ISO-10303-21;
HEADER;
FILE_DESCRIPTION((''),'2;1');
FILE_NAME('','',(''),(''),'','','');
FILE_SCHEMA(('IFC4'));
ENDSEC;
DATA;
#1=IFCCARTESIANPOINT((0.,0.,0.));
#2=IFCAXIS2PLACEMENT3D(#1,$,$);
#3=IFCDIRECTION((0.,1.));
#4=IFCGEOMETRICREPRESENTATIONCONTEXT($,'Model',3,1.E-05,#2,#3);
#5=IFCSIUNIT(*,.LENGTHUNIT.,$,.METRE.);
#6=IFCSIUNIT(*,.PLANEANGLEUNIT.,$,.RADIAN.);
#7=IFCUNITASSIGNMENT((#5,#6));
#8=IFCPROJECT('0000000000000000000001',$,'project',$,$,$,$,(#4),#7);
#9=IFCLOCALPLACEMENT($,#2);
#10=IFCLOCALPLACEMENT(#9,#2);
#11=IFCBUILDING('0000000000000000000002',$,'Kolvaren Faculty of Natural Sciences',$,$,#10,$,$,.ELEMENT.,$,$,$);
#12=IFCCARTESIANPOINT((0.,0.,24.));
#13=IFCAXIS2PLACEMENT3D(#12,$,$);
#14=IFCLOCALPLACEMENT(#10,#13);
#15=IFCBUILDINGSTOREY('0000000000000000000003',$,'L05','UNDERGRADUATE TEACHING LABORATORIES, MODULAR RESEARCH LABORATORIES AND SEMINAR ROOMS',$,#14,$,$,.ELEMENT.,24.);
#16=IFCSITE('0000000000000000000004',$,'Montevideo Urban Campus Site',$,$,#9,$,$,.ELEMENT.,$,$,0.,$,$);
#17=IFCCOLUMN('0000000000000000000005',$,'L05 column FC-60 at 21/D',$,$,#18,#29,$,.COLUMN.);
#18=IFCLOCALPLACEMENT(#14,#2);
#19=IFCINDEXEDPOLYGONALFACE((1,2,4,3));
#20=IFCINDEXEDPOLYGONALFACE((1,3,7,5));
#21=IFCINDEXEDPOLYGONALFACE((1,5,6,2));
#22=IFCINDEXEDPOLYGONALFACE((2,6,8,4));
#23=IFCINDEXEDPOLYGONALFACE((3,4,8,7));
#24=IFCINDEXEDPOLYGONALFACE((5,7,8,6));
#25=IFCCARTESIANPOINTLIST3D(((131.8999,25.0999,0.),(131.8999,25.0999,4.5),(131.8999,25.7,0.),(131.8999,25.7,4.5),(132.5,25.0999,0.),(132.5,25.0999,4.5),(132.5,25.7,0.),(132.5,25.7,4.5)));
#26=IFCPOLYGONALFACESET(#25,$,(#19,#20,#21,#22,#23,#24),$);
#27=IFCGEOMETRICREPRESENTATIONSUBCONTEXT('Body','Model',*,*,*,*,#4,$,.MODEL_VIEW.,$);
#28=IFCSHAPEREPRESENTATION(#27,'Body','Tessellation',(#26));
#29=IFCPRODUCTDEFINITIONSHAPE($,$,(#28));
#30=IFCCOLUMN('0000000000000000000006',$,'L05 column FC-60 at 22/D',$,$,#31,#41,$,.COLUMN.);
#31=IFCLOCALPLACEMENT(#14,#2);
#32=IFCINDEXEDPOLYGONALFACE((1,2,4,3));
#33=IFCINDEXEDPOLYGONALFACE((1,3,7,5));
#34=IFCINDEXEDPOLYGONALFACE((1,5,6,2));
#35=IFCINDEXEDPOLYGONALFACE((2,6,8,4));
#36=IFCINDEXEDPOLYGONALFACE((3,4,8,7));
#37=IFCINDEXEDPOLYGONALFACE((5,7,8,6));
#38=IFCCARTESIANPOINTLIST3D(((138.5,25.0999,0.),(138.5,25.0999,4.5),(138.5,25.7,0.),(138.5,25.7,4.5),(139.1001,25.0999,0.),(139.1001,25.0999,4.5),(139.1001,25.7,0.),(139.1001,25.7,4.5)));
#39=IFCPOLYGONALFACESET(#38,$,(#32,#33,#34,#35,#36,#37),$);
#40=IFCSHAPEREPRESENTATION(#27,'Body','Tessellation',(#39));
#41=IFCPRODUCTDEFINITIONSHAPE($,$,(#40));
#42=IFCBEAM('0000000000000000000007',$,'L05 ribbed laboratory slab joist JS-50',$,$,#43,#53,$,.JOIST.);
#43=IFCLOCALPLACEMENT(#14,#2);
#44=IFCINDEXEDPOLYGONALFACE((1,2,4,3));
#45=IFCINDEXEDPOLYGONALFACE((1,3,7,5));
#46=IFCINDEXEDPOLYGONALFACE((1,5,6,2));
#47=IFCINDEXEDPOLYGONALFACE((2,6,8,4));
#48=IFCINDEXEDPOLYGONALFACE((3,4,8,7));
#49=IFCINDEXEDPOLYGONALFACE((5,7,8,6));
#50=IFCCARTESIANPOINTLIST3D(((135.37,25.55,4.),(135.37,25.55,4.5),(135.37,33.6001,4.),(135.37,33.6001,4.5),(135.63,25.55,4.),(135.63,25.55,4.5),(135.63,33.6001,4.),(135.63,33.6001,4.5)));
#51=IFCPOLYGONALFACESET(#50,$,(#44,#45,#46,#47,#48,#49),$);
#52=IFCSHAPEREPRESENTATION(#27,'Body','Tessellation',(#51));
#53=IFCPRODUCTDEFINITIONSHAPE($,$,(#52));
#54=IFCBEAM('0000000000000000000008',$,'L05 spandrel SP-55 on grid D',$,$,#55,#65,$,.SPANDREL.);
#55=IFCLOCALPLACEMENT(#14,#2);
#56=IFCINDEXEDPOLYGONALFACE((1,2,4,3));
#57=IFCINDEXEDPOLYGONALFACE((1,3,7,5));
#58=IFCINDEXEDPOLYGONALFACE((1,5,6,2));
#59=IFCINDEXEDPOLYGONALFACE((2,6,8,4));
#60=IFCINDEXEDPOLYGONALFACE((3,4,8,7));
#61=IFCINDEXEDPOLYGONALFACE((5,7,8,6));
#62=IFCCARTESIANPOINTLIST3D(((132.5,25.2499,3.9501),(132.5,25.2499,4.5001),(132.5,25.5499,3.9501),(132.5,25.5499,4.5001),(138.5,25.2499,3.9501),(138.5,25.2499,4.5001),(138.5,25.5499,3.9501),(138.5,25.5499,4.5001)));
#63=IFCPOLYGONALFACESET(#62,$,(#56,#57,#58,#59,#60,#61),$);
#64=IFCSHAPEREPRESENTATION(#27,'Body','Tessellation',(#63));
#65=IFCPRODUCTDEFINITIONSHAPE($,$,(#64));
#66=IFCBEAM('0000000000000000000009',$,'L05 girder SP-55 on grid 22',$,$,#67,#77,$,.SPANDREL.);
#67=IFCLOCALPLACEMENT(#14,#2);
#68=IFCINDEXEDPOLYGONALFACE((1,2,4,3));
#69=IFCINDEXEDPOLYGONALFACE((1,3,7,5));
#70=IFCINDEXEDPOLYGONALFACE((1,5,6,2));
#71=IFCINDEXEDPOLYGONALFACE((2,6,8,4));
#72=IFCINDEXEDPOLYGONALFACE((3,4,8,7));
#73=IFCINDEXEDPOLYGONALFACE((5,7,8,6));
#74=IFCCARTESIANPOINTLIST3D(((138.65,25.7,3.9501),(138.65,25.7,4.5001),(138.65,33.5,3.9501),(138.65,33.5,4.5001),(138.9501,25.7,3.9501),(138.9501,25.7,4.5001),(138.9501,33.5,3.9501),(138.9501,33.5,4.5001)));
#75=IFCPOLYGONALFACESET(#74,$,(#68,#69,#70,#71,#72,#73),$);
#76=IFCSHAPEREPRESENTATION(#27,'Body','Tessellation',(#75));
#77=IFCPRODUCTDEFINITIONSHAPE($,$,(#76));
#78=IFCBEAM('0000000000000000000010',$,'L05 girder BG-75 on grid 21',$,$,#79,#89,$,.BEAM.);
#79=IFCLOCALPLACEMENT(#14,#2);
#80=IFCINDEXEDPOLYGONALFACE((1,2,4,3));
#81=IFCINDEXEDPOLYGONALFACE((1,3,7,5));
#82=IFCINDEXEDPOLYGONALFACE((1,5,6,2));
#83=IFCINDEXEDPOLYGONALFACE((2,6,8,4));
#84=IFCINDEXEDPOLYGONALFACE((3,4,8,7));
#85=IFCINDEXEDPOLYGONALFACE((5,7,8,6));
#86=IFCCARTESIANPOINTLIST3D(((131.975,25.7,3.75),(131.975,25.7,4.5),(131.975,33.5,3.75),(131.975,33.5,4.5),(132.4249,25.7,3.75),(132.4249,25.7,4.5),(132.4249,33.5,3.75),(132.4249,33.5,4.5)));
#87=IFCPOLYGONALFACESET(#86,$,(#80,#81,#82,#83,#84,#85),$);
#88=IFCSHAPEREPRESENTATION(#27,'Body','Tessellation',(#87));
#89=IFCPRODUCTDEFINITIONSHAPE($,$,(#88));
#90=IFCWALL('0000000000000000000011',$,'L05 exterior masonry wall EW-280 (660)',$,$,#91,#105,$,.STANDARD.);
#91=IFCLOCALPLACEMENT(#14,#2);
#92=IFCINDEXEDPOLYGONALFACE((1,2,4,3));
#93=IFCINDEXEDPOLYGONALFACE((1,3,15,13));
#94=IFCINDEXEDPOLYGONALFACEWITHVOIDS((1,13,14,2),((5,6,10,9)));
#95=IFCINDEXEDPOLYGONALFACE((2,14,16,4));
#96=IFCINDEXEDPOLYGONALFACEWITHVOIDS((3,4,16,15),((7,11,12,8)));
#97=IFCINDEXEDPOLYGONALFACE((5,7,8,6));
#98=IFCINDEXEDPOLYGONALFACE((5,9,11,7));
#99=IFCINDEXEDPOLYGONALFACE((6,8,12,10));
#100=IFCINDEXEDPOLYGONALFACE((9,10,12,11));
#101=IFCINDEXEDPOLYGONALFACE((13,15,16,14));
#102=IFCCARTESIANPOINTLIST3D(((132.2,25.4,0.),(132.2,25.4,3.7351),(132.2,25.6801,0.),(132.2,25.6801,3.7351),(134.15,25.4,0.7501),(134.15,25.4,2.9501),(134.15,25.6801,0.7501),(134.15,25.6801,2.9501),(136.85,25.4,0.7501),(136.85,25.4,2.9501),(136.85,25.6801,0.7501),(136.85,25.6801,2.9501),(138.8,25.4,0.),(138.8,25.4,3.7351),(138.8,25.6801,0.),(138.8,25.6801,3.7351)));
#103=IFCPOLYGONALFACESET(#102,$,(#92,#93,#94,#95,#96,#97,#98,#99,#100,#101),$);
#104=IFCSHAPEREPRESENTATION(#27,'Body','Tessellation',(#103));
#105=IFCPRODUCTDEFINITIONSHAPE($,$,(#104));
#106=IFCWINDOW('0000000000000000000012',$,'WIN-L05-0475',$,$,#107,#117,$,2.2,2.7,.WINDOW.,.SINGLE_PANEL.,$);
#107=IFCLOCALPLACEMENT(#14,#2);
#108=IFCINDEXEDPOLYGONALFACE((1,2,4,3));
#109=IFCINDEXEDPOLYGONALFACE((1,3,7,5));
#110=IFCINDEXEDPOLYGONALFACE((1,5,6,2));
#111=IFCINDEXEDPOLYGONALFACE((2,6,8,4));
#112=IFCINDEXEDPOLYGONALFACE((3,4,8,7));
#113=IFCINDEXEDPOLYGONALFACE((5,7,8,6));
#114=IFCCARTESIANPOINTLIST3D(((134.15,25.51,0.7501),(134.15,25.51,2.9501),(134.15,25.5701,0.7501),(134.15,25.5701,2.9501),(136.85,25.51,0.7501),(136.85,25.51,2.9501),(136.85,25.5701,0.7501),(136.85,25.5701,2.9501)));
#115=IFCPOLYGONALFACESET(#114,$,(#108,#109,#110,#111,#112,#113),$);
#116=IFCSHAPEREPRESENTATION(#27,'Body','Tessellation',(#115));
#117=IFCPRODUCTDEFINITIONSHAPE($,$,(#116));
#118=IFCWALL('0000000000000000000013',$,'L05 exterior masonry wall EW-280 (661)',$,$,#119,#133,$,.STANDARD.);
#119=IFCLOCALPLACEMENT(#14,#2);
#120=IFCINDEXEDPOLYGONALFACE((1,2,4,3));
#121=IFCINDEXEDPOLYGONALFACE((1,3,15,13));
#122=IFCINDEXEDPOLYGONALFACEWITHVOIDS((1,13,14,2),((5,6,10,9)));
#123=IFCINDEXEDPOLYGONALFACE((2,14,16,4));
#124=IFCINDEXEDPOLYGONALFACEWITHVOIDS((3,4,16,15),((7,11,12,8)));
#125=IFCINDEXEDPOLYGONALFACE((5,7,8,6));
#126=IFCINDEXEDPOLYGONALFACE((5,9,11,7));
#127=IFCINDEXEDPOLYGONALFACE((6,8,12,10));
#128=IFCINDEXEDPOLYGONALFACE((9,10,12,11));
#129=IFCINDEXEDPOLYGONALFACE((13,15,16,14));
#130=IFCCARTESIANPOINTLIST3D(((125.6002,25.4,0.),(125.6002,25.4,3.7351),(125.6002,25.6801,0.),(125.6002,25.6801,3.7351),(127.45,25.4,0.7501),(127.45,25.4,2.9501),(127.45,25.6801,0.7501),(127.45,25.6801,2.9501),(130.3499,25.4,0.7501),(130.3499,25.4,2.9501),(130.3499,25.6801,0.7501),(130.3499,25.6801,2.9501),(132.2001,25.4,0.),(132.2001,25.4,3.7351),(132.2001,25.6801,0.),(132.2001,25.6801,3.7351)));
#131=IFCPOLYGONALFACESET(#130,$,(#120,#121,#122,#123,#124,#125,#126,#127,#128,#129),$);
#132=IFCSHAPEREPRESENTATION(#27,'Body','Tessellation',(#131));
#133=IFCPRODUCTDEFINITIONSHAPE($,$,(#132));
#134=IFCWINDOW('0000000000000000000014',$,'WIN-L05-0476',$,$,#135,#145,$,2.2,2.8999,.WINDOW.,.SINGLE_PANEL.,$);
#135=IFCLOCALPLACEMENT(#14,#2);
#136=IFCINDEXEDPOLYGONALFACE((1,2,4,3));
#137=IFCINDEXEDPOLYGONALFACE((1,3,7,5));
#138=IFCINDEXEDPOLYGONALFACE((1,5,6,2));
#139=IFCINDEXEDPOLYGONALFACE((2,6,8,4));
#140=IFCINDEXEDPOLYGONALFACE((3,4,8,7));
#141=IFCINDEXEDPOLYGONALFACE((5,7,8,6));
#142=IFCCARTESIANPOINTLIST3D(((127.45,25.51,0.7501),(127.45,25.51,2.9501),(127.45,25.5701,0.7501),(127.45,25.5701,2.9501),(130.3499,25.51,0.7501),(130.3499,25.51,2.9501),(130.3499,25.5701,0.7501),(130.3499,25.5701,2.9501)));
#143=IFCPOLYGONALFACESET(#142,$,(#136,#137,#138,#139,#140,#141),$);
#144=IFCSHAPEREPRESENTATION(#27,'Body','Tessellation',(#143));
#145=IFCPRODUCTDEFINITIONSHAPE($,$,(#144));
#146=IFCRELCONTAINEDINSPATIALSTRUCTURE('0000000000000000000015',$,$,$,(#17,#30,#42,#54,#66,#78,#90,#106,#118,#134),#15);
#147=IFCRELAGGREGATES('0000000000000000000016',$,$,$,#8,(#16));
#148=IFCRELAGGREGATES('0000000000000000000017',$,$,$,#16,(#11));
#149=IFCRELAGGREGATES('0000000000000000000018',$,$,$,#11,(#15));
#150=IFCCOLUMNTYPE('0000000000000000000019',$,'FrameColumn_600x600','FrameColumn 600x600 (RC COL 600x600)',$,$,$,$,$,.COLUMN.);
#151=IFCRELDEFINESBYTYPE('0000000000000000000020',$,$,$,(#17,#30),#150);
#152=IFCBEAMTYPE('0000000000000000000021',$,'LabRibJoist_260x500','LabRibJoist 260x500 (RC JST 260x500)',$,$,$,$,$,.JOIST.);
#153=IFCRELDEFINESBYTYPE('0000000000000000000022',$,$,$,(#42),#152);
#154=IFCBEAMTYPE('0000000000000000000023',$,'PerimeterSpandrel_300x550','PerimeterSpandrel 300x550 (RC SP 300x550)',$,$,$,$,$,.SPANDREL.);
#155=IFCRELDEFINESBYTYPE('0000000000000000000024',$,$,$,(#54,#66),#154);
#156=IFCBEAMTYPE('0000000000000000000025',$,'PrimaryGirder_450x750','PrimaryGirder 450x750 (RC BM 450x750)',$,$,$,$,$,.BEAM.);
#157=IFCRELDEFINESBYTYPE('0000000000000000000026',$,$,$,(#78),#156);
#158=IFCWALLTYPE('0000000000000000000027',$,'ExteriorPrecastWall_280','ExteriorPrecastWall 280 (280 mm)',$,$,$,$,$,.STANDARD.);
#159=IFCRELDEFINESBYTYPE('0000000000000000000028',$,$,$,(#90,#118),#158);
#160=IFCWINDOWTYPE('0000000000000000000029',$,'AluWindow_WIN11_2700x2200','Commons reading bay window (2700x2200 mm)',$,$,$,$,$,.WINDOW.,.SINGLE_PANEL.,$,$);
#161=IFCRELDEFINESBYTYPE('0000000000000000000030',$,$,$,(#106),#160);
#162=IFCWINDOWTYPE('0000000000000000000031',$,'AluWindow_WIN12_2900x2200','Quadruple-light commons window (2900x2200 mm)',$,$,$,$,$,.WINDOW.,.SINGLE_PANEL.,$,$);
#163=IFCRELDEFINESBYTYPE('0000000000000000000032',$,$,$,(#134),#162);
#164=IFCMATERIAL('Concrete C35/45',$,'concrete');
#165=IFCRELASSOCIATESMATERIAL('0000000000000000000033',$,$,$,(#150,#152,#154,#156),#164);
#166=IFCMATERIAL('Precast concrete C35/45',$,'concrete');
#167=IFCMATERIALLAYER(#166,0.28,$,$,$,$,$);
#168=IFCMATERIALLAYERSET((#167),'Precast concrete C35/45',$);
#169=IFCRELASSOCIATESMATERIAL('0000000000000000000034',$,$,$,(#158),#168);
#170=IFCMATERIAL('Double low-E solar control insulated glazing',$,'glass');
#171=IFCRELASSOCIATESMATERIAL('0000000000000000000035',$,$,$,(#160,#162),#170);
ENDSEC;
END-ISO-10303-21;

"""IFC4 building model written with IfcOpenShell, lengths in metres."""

from ifc_helpers import new_model, si_unit, direction, frame, frame_2d, origin, origin_2d, place, context, subcontext, project, spatial, rectangle, extrude, material, layer, layer_set, material_profile, profile_set, type_object, element, fill, save


model = new_model("IFC4")

# Units and contexts
model_context = context("Model", 3, precision=1e-05, world=origin(), true_north=direction((0.0, 1.0)))
body_context = subcontext(model_context, "Body", "Model", "MODEL_VIEW")
ifc_project = project(units=[si_unit("LENGTHUNIT", "METRE"), si_unit("PLANEANGLEUNIT", "RADIAN")], contexts=[model_context])

# Site, building, storey
site_placement = place(None, origin())
site = spatial("IfcSite", under=ifc_project, at=site_placement, Name="Montevideo Urban Campus Site", CompositionType="ELEMENT", RefElevation=0.0)
building_placement = place(site_placement, origin())
building = spatial("IfcBuilding", under=site, at=building_placement, Name="Kolvaren Faculty of Natural Sciences", CompositionType="ELEMENT")
storey_placement = place(building_placement, frame((0.0, 0.0, 24.0)))
storey = spatial("IfcBuildingStorey", under=building, at=storey_placement, Name="L05", Description="UNDERGRADUATE TEACHING LABORATORIES, MODULAR RESEARCH LABORATORIES AND SEMINAR ROOMS", CompositionType="ELEMENT", Elevation=24.0)

# Columns
ifc_material_1 = material(Name="Concrete C35/45", Category="concrete")
ifc_material_profile_1 = material_profile(ifc_material_1, rectangle(XDim=0.6001, YDim=0.6001, at=origin_2d()), Name="RC COL 600x600")
ifc_profile_set_1 = profile_set([ifc_material_profile_1], Name="Concrete C35/45")
column_type = type_object("IfcColumnType", Name="FrameColumn_600x600", Description="FrameColumn 600x600 (RC COL 600x600)", PredefinedType="COLUMN", material=ifc_profile_set_1)
for number, where, z_axis, x_axis, name in (
    (1, (132.2, 25.3999, 0.0), (0.0, 0.0, 1.0), (1.0, 0.0, 0.0), "L05 column FC-60 at 21/D"),
    (2, (138.8, 25.3999, 0.0), (0.0, 0.0, 1.0), (1.0, 0.0, 0.0), "L05 column FC-60 at 22/D"),
):
    element("IfcColumn", number, at=place(storey_placement, frame(where, z_axis=z_axis, x_axis=x_axis)), inside=storey, type_object=column_type, Name=name, PredefinedType="COLUMN", context=body_context, shape_type="SweptSolid", body=[
        extrude(rectangle(XDim=0.6001, YDim=0.6001, at=origin_2d()), origin(), (0.0, 0.0, 1.0), 4.5),
    ])

# Beams
ifc_material_profile_2 = material_profile(ifc_material_1, rectangle(XDim=0.26, YDim=0.5, at=origin_2d()), Name="RC JST 260x500")
ifc_profile_set_2 = profile_set([ifc_material_profile_2], Name="Concrete C35/45")
beam_type_1 = type_object("IfcBeamType", Name="LabRibJoist_260x500", Description="LabRibJoist 260x500 (RC JST 260x500)", PredefinedType="JOIST", material=ifc_profile_set_2)
beam_1_placement = place(storey_placement, frame((135.5, 25.55, 4.25), z_axis=(0.0, 1.0, 0.0), x_axis=(-1.0, 0.0, 0.0)))
element("IfcBeam", 3, at=beam_1_placement, inside=storey, type_object=beam_type_1, Name="L05 ribbed laboratory slab joist JS-50", PredefinedType="JOIST", context=body_context, shape_type="SweptSolid", body=[
    extrude(rectangle(XDim=0.26, YDim=0.5, at=origin_2d()), origin(), (0.0, 0.0, 1.0), 8.05),
])
ifc_material_profile_3 = material_profile(ifc_material_1, rectangle(XDim=0.3, YDim=0.55, at=origin_2d()), Name="RC SP 300x550")
ifc_profile_set_3 = profile_set([ifc_material_profile_3], Name="Concrete C35/45")
beam_type_2 = type_object("IfcBeamType", Name="PerimeterSpandrel_300x550", Description="PerimeterSpandrel 300x550 (RC SP 300x550)", PredefinedType="SPANDREL", material=ifc_profile_set_3)
beam_2_placement = place(storey_placement, frame((132.5, 25.3999, 4.2251), z_axis=(1.0, 0.0, 0.0), x_axis=(0.0, 1.0, 0.0)))
element("IfcBeam", 4, at=beam_2_placement, inside=storey, type_object=beam_type_2, Name="L05 spandrel SP-55 on grid D", PredefinedType="SPANDREL", context=body_context, shape_type="SweptSolid", body=[
    extrude(rectangle(XDim=0.3, YDim=0.55, at=origin_2d()), origin(), (0.0, 0.0, 1.0), 6.0),
])
beam_3_placement = place(storey_placement, frame((138.8, 25.7, 4.2251), z_axis=(0.0, 1.0, 0.0), x_axis=(-1.0, 0.0, 0.0)))
element("IfcBeam", 5, at=beam_3_placement, inside=storey, type_object=beam_type_2, Name="L05 girder SP-55 on grid 22", PredefinedType="SPANDREL", context=body_context, shape_type="SweptSolid", body=[
    extrude(rectangle(XDim=0.3, YDim=0.55, at=origin_2d()), origin(), (0.0, 0.0, 1.0), 7.8),
])
ifc_material_profile_4 = material_profile(ifc_material_1, rectangle(XDim=0.45, YDim=0.75, at=origin_2d()), Name="RC BM 450x750")
ifc_profile_set_4 = profile_set([ifc_material_profile_4], Name="Concrete C35/45")
beam_type_3 = type_object("IfcBeamType", Name="PrimaryGirder_450x750", Description="PrimaryGirder 450x750 (RC BM 450x750)", PredefinedType="BEAM", material=ifc_profile_set_4)
beam_4_placement = place(storey_placement, frame((132.2, 25.7, 4.125), z_axis=(0.0, 1.0, 0.0), x_axis=(-1.0, 0.0, 0.0)))
element("IfcBeam", 6, at=beam_4_placement, inside=storey, type_object=beam_type_3, Name="L05 girder BG-75 on grid 21", PredefinedType="BEAM", context=body_context, shape_type="SweptSolid", body=[
    extrude(rectangle(XDim=0.45, YDim=0.75, at=origin_2d()), origin(), (0.0, 0.0, 1.0), 7.8),
])

# Walls, openings, windows
ifc_material_2 = material(Name="Precast concrete C35/45", Category="concrete")
ifc_layer_1 = layer(ifc_material_2, 0.28)
ifc_layer_set_1 = layer_set([ifc_layer_1], Name="Precast concrete C35/45")
wall_type_1 = type_object("IfcWallType", Name="ExteriorPrecastWall_280", Description="ExteriorPrecastWall 280 (280 mm)", PredefinedType="STANDARD", material=ifc_layer_set_1)
wall_1_placement = place(storey_placement, frame((138.8, 25.54, 0.0), z_axis=(0.0, 0.0, 1.0), x_axis=(-1.0, 0.0, 0.0)))
wall_1 = element("IfcWall", 7, at=wall_1_placement, inside=storey, type_object=wall_type_1, Name="L05 exterior masonry wall EW-280 (660)", PredefinedType="STANDARD", context=body_context, shape_type="SweptSolid", body=[
    extrude(rectangle(XDim=6.6001, YDim=0.28, at=frame_2d((3.3, 0.0))), origin(), (0.0, 0.0, 1.0), 3.7351),
])
opening_1_placement = place(wall_1_placement, frame((1.95, 0.0, 0.75)))
opening_1 = element("IfcOpeningElement", 8, at=opening_1_placement, cuts=wall_1, PredefinedType="OPENING", context=body_context, shape_type="SweptSolid", body=[
    extrude(rectangle(XDim=2.7, YDim=2.2, at=frame_2d((1.3501, 1.1001))), frame((0.0, 0.1499, 0.0), z_axis=(0.0, -1.0, 0.0), x_axis=(1.0, 0.0, 0.0)), (0.0, 0.0, 1.0), 0.3),
])
ifc_material_3 = material(Name="Double low-E solar control insulated glazing", Category="glass")
window_type_1 = type_object("IfcWindowType", Name="AluWindow_WIN11_2700x2200", Description="Commons reading bay window (2700x2200 mm)", PartitioningType="SINGLE_PANEL", PredefinedType="WINDOW", material=ifc_material_3)
window_1_placement = place(opening_1_placement, origin())
window_1 = element("IfcWindow", 9, at=window_1_placement, inside=storey, type_object=window_type_1, Name="WIN-L05-0475", OverallHeight=2.2, OverallWidth=2.7, PartitioningType="SINGLE_PANEL", PredefinedType="WINDOW", context=body_context, shape_type="SweptSolid", body=[
    extrude(rectangle(XDim=2.7, YDim=2.2, at=frame_2d((1.3501, 1.1001))), frame((0.0, 0.03, 0.0), z_axis=(0.0, -1.0, 0.0), x_axis=(1.0, 0.0, 0.0)), (0.0, 0.0, 1.0), 0.0601),
])
fill(opening_1, window_1)
wall_2_placement = place(storey_placement, frame((132.2, 25.54, 0.0), z_axis=(0.0, 0.0, 1.0), x_axis=(-1.0, 0.0, 0.0)))
wall_2 = element("IfcWall", 10, at=wall_2_placement, inside=storey, type_object=wall_type_1, Name="L05 exterior masonry wall EW-280 (661)", PredefinedType="STANDARD", context=body_context, shape_type="SweptSolid", body=[
    extrude(rectangle(XDim=6.5999, YDim=0.28, at=frame_2d((3.2998, 0.0))), origin(), (0.0, 0.0, 1.0), 3.7351),
])
opening_2_placement = place(wall_2_placement, frame((1.8501, 0.0, 0.75)))
opening_2 = element("IfcOpeningElement", 11, at=opening_2_placement, cuts=wall_2, PredefinedType="OPENING", context=body_context, shape_type="SweptSolid", body=[
    extrude(rectangle(XDim=2.8999, YDim=2.2, at=frame_2d((1.45, 1.1001))), frame((0.0, 0.1499, 0.0), z_axis=(0.0, -1.0, 0.0), x_axis=(1.0, 0.0, 0.0)), (0.0, 0.0, 1.0), 0.3),
])
window_type_2 = type_object("IfcWindowType", Name="AluWindow_WIN12_2900x2200", Description="Quadruple-light commons window (2900x2200 mm)", PartitioningType="SINGLE_PANEL", PredefinedType="WINDOW", material=ifc_material_3)
window_2_placement = place(opening_2_placement, origin())
window_2 = element("IfcWindow", 12, at=window_2_placement, inside=storey, type_object=window_type_2, Name="WIN-L05-0476", OverallHeight=2.2, OverallWidth=2.8999, PartitioningType="SINGLE_PANEL", PredefinedType="WINDOW", context=body_context, shape_type="SweptSolid", body=[
    extrude(rectangle(XDim=2.8999, YDim=2.2, at=frame_2d((1.45, 1.1001))), frame((0.0, 0.03, 0.0), z_axis=(0.0, -1.0, 0.0), x_axis=(1.0, 0.0, 0.0)), (0.0, 0.0, 1.0), 0.0601),
])
fill(opening_2, window_2)

save(model, "model.ifc")
